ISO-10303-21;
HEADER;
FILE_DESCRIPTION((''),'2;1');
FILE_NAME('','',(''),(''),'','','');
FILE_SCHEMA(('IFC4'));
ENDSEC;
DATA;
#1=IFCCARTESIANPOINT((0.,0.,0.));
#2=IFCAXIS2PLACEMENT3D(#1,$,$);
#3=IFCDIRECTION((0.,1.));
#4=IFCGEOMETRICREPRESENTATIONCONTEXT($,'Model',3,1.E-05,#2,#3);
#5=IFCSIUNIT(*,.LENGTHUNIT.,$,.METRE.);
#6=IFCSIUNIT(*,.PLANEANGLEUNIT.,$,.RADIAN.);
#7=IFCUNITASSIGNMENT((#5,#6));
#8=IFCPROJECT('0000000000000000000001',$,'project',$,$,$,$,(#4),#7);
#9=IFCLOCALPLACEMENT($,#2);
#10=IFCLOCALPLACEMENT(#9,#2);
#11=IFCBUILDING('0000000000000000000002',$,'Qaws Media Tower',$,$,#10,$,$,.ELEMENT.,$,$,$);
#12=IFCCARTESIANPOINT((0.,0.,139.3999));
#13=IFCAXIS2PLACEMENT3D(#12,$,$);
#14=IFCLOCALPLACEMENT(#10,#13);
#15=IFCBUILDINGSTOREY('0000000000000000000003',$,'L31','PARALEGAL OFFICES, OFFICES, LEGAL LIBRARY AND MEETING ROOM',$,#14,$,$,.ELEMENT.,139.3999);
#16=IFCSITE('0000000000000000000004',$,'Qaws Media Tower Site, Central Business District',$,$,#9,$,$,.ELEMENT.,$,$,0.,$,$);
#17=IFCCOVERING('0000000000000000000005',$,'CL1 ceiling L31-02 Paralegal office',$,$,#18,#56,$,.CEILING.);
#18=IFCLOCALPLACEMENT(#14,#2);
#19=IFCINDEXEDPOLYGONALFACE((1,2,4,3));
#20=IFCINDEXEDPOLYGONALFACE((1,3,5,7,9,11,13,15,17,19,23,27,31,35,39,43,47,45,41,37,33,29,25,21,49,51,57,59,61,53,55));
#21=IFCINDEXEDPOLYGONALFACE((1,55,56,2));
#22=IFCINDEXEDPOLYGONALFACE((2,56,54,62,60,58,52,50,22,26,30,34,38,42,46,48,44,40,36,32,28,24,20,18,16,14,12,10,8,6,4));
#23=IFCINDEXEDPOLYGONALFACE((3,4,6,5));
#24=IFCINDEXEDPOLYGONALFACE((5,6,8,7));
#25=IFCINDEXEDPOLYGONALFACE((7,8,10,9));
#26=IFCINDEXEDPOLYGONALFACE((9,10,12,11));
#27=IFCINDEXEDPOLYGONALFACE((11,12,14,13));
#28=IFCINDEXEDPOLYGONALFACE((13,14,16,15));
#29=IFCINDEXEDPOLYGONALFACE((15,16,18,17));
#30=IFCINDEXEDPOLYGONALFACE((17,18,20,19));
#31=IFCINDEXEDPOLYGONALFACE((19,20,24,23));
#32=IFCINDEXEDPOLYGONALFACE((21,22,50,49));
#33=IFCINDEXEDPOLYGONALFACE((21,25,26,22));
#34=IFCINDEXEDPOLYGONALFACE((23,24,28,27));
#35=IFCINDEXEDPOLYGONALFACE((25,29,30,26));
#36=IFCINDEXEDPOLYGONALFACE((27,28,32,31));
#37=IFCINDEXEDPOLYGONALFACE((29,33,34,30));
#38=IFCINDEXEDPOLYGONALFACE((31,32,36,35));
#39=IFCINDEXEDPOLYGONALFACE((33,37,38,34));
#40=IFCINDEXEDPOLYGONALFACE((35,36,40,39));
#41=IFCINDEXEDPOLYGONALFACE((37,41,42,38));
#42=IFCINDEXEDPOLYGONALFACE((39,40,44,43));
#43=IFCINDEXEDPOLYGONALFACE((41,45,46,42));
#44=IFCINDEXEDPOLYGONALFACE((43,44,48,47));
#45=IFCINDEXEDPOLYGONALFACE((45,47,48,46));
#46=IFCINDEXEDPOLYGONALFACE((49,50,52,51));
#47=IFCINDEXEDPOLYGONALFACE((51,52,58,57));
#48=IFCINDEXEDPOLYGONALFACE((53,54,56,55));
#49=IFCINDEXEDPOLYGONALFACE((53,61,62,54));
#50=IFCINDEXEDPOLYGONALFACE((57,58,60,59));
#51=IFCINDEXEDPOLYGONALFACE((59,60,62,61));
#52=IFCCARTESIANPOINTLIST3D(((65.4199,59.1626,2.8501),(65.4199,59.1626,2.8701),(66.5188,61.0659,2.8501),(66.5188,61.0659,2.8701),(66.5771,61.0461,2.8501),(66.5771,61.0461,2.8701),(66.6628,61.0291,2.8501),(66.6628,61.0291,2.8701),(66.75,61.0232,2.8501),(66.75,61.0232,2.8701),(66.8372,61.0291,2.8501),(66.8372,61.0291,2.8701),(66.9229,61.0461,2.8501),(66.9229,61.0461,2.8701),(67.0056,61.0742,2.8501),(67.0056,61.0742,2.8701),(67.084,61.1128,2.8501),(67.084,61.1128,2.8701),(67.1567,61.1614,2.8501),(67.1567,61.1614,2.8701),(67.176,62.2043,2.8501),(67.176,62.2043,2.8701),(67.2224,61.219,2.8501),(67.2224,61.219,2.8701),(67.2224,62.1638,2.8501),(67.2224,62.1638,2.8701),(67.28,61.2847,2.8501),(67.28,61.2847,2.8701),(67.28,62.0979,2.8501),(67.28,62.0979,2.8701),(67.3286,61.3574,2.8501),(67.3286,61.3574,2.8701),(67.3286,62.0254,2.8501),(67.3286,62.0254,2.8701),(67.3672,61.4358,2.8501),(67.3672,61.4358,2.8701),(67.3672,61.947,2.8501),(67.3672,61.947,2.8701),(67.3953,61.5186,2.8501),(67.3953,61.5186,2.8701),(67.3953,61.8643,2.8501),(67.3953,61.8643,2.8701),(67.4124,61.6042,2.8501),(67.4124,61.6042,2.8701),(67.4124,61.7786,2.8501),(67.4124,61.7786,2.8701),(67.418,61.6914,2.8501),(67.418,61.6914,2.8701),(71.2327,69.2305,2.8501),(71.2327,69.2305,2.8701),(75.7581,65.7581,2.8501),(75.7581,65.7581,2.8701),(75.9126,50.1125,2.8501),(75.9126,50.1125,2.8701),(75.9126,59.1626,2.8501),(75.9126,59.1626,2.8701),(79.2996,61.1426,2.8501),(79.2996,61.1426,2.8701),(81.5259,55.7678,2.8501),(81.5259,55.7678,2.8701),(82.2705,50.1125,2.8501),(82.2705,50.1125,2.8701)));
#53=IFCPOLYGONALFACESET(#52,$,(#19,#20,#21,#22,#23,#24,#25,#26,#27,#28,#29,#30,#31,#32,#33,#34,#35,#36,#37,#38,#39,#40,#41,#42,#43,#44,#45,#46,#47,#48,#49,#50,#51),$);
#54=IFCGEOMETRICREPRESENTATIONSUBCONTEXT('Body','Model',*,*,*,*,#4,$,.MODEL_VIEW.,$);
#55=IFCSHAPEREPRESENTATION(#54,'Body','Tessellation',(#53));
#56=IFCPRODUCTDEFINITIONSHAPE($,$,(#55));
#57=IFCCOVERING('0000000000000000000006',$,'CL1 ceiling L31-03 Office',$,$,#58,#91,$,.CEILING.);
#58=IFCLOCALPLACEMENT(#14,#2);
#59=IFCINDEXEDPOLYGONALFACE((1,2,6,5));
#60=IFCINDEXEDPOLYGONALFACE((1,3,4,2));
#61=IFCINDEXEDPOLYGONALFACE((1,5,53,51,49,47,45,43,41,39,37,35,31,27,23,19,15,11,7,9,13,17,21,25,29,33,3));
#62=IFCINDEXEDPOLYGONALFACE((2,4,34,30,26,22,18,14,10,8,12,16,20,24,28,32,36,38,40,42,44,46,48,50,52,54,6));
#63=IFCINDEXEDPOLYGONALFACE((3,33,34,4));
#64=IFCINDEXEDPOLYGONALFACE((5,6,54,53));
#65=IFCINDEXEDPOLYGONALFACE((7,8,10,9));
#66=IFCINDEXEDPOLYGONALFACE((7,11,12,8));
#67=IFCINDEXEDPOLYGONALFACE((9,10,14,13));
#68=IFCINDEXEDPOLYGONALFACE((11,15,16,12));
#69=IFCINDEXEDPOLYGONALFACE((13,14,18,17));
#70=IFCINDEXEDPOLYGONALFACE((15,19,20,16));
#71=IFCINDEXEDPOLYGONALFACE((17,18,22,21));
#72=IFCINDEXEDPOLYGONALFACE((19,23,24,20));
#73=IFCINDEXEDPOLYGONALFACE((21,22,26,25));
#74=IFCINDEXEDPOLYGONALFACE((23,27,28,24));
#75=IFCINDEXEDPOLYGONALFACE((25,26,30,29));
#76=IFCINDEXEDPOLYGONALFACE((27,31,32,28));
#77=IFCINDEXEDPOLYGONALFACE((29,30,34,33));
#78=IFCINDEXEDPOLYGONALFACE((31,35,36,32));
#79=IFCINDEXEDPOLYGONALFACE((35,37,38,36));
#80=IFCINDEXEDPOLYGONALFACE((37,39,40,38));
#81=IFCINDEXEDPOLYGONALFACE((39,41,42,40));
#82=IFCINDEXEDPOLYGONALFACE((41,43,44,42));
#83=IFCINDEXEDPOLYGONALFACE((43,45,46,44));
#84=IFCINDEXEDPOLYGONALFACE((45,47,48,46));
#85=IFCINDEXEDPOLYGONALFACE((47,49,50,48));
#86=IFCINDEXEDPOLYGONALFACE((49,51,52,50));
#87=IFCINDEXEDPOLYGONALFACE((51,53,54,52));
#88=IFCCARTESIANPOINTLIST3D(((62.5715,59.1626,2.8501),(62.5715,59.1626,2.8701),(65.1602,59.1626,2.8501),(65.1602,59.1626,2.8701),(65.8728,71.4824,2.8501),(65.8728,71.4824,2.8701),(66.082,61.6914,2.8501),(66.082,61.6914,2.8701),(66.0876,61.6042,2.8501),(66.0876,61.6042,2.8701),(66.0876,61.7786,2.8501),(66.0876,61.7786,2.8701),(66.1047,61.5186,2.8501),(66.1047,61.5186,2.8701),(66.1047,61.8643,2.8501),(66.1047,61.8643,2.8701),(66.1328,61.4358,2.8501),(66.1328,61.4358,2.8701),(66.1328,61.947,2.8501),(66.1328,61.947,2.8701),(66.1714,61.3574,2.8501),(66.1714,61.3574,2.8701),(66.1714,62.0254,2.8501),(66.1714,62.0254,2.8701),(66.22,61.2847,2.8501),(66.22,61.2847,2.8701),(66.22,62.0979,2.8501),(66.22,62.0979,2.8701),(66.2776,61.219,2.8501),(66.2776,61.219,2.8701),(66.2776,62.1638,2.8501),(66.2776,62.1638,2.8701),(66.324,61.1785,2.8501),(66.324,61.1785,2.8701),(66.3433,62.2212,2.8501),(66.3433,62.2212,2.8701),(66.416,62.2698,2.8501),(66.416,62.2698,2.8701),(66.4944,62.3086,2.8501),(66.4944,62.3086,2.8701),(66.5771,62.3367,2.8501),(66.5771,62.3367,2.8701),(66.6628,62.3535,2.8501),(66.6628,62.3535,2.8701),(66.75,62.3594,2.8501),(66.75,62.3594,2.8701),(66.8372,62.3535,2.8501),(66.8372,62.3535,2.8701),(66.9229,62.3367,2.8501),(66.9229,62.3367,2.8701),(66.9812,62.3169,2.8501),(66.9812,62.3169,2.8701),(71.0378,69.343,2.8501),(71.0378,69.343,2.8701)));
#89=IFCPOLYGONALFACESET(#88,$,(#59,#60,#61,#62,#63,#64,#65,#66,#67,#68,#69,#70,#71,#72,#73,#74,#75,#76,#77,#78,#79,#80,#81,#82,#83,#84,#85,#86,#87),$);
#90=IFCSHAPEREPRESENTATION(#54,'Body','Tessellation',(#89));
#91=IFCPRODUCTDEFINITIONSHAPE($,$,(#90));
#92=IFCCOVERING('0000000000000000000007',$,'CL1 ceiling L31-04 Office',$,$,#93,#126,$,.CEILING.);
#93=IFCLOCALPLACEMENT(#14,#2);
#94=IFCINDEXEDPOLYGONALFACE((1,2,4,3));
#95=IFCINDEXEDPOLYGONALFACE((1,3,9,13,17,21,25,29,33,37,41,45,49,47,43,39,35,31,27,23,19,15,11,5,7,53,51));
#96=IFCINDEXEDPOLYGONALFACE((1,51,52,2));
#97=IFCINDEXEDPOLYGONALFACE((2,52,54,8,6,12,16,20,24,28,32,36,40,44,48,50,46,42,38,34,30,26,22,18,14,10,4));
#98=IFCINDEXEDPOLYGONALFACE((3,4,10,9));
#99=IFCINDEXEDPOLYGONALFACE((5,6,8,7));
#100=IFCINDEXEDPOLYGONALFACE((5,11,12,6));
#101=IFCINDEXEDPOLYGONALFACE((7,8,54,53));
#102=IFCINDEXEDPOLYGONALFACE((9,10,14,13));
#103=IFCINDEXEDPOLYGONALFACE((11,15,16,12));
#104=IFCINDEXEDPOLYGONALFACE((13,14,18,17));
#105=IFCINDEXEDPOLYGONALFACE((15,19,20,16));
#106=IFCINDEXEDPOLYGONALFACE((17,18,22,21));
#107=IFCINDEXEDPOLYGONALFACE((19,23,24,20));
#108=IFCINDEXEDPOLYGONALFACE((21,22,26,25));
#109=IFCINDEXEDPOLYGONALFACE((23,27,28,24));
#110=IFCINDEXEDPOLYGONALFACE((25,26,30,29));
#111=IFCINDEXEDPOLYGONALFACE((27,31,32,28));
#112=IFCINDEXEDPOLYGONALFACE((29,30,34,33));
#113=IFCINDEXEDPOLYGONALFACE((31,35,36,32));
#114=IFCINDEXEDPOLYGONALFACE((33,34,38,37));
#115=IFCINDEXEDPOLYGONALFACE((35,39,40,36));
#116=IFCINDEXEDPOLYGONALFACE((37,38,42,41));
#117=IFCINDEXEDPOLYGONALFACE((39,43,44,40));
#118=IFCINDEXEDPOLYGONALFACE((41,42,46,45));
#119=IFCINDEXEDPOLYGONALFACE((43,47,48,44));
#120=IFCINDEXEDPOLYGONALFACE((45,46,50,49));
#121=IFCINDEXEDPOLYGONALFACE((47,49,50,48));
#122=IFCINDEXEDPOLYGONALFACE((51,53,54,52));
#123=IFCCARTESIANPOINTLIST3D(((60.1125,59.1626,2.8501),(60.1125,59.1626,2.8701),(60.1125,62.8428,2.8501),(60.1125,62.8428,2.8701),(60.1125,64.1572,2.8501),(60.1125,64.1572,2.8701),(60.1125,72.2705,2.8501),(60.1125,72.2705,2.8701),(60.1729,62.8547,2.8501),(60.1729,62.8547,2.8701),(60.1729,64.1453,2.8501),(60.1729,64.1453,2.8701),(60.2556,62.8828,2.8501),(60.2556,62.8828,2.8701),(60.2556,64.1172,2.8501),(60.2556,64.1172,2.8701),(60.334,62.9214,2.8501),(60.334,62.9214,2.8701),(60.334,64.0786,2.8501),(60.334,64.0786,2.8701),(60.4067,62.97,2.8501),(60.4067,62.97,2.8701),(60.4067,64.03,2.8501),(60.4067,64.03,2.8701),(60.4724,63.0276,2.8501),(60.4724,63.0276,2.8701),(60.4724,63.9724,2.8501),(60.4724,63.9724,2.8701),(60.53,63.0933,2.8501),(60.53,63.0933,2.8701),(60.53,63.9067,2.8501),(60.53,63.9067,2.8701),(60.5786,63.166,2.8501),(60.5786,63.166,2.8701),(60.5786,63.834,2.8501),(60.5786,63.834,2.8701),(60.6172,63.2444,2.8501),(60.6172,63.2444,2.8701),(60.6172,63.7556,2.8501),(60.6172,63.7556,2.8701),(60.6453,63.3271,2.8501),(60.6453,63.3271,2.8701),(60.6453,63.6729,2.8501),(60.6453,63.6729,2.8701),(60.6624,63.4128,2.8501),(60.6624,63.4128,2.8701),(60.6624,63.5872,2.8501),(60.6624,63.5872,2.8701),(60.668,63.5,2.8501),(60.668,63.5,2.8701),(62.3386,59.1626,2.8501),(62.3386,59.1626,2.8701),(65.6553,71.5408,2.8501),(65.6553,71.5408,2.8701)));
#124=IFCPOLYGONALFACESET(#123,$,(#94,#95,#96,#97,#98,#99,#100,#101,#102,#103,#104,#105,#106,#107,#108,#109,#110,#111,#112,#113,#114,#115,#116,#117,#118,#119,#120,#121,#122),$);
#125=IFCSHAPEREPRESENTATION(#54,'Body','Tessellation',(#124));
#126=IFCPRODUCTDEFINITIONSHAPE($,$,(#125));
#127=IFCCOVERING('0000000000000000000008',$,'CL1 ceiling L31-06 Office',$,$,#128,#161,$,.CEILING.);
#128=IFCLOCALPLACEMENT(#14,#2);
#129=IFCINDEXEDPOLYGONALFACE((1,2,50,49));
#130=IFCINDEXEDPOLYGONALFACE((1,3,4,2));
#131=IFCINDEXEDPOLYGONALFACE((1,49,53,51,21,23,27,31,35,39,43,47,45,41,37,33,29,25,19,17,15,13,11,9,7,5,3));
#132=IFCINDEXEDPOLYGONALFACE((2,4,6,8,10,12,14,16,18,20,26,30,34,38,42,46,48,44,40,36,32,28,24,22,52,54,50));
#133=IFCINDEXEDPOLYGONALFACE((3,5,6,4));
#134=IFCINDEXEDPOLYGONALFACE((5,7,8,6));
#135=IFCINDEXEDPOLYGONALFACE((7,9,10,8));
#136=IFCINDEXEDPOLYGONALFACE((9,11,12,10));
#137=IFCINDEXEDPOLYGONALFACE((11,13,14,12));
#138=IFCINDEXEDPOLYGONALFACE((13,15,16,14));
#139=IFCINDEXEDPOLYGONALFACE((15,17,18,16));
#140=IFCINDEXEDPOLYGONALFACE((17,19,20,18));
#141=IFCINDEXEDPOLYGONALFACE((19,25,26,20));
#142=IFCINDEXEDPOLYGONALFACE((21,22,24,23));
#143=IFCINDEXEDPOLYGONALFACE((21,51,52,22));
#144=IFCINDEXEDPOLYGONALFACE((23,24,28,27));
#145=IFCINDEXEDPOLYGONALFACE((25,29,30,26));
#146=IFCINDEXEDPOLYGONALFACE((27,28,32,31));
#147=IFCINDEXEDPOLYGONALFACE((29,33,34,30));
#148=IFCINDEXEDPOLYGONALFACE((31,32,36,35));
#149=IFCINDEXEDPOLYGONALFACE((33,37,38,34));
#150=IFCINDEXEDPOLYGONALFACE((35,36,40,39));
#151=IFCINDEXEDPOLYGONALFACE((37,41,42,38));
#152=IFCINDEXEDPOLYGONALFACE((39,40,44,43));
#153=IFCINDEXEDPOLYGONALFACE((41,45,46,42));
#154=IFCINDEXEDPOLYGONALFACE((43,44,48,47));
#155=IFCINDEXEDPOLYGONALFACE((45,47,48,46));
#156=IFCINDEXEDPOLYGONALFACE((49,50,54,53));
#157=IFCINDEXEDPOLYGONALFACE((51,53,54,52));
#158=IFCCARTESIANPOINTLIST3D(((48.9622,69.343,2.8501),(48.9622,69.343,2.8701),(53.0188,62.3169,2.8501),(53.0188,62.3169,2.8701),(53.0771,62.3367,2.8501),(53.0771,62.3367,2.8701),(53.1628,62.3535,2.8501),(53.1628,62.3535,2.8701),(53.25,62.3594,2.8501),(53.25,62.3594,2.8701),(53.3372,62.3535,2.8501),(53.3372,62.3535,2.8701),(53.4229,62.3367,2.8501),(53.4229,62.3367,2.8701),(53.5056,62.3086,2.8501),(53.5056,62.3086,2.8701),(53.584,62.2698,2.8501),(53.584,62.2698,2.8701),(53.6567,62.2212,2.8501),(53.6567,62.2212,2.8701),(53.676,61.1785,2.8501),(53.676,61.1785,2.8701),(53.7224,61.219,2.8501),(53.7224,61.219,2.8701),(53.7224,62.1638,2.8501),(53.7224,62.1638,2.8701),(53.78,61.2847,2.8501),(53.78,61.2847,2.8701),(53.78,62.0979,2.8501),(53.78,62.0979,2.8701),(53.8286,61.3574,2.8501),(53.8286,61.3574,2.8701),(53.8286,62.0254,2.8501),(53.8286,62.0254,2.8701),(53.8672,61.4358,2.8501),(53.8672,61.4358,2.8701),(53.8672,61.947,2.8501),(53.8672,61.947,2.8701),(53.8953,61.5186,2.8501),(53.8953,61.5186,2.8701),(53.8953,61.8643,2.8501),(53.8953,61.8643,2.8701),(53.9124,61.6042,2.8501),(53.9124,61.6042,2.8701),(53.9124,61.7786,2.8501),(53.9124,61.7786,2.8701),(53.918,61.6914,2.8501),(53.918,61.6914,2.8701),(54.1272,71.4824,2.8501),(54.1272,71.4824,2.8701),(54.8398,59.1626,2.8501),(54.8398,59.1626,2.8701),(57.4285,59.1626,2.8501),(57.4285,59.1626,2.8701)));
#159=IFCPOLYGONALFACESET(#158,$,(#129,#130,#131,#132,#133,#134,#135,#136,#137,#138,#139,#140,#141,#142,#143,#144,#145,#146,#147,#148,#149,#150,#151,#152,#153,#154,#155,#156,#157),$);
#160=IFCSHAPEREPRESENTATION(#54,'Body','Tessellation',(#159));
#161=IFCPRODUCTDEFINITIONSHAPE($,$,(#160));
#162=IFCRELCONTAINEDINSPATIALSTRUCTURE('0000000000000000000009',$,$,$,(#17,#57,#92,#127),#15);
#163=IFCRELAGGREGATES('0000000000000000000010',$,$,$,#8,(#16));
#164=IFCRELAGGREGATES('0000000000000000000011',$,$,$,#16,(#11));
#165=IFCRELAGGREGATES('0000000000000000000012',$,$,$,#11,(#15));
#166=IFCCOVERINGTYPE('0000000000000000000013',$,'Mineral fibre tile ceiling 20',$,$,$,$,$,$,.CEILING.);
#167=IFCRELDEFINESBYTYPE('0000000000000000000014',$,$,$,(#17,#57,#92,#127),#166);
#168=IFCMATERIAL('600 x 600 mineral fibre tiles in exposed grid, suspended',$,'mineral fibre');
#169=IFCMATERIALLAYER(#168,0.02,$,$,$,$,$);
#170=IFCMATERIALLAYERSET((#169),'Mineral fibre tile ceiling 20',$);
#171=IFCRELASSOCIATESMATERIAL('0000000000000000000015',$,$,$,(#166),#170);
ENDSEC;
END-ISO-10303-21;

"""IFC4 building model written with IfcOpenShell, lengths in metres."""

from ifc_helpers import new_model, si_unit, direction, frame, origin, place, context, subcontext, project, spatial, polyline, outline, extrude, material, layer, layer_set, type_object, element, save


model = new_model("IFC4")

# Units and contexts
model_context = context("Model", 3, precision=1e-05, world=origin(), true_north=direction((0.0, 1.0)))
body_context = subcontext(model_context, "Body", "Model", "MODEL_VIEW")
ifc_project = project(units=[si_unit("LENGTHUNIT", "METRE"), si_unit("PLANEANGLEUNIT", "RADIAN")], contexts=[model_context])

# Site, building, storey
site_placement = place(None, origin())
site = spatial("IfcSite", under=ifc_project, at=site_placement, Name="Qaws Media Tower Site, Central Business District", CompositionType="ELEMENT", RefElevation=0.0)
building_placement = place(site_placement, origin())
building = spatial("IfcBuilding", under=site, at=building_placement, Name="Qaws Media Tower", CompositionType="ELEMENT")
storey_placement = place(building_placement, frame((0.0, 0.0, 139.3999)))
storey = spatial("IfcBuildingStorey", under=building, at=storey_placement, Name="L31", Description="PARALEGAL OFFICES, OFFICES, LEGAL LIBRARY AND MEETING ROOM", CompositionType="ELEMENT", Elevation=139.3999)

# Coverings
ifc_material_1 = material(Name="600 x 600 mineral fibre tiles in exposed grid, suspended", Category="mineral fibre")
ifc_layer_1 = layer(ifc_material_1, 0.02)
ifc_layer_set_1 = layer_set([ifc_layer_1], Name="Mineral fibre tile ceiling 20")
covering_type_1 = type_object("IfcCoveringType", Name="Mineral fibre tile ceiling 20", PredefinedType="CEILING", material=ifc_layer_set_1)
covering_1_placement = place(storey_placement, frame((0.0, 0.0, 2.8501)))
element("IfcCovering", 1, at=covering_1_placement, inside=storey, type_object=covering_type_1, Name="CL1 ceiling L31-02 Paralegal office", PredefinedType="CEILING", context=body_context, shape_type="SweptSolid", body=[
    extrude(outline(polyline([(75.7581, 65.7581), (79.2996, 61.1426), (81.5259, 55.7678), (82.2705, 50.1125), (75.9126, 50.1125), (75.9126, 59.1626), (65.4199, 59.1626), (66.5188, 61.0659), (66.5771, 61.0461), (66.6628, 61.0291), (66.75, 61.0232), (66.8372, 61.0291), (66.9229, 61.0461), (67.0056, 61.0742), (67.084, 61.1128), (67.1567, 61.1614), (67.2224, 61.219), (67.28, 61.2847), (67.3286, 61.3574), (67.3672, 61.4358), (67.3953, 61.5186), (67.4124, 61.6042), (67.418, 61.6914), (67.4124, 61.7786), (67.3953, 61.8643), (67.3672, 61.947), (67.3286, 62.0254), (67.28, 62.0979), (67.2224, 62.1638), (67.176, 62.2043), (71.2327, 69.2305), (75.7581, 65.7581)])), origin(), (0.0, 0.0, 1.0), 0.02),
])
covering_2_placement = place(storey_placement, frame((0.0, 0.0, 2.8501)))
element("IfcCovering", 2, at=covering_2_placement, inside=storey, type_object=covering_type_1, Name="CL1 ceiling L31-03 Office", PredefinedType="CEILING", context=body_context, shape_type="SweptSolid", body=[
    extrude(outline(polyline([(71.0378, 69.343), (66.9812, 62.3169), (66.9229, 62.3367), (66.8372, 62.3535), (66.75, 62.3594), (66.6628, 62.3535), (66.5771, 62.3367), (66.4944, 62.3086), (66.416, 62.2698), (66.3433, 62.2212), (66.2776, 62.1638), (66.22, 62.0979), (66.1714, 62.0254), (66.1328, 61.947), (66.1047, 61.8643), (66.0876, 61.7786), (66.082, 61.6914), (66.0876, 61.6042), (66.1047, 61.5186), (66.1328, 61.4358), (66.1714, 61.3574), (66.22, 61.2847), (66.2776, 61.219), (66.324, 61.1785), (65.1602, 59.1626), (62.5715, 59.1626), (65.8728, 71.4824), (71.0378, 69.343)])), origin(), (0.0, 0.0, 1.0), 0.02),
])
covering_3_placement = place(storey_placement, frame((0.0, 0.0, 2.8501)))
element("IfcCovering", 3, at=covering_3_placement, inside=storey, type_object=covering_type_1, Name="CL1 ceiling L31-04 Office", PredefinedType="CEILING", context=body_context, shape_type="SweptSolid", body=[
    extrude(outline(polyline([(65.6553, 71.5408), (62.3386, 59.1626), (60.1125, 59.1626), (60.1125, 62.8428), (60.1729, 62.8547), (60.2556, 62.8828), (60.334, 62.9214), (60.4067, 62.97), (60.4724, 63.0276), (60.53, 63.0933), (60.5786, 63.166), (60.6172, 63.2444), (60.6453, 63.3271), (60.6624, 63.4128), (60.668, 63.5), (60.6624, 63.5872), (60.6453, 63.6729), (60.6172, 63.7556), (60.5786, 63.834), (60.53, 63.9067), (60.4724, 63.9724), (60.4067, 64.03), (60.334, 64.0786), (60.2556, 64.1172), (60.1729, 64.1453), (60.1125, 64.1572), (60.1125, 72.2705), (65.6553, 71.5408)])), origin(), (0.0, 0.0, 1.0), 0.02),
])
covering_4_placement = place(storey_placement, frame((0.0, 0.0, 2.8501)))
element("IfcCovering", 4, at=covering_4_placement, inside=storey, type_object=covering_type_1, Name="CL1 ceiling L31-06 Office", PredefinedType="CEILING", context=body_context, shape_type="SweptSolid", body=[
    extrude(outline(polyline([(54.1272, 71.4824), (57.4285, 59.1626), (54.8398, 59.1626), (53.676, 61.1785), (53.7224, 61.219), (53.78, 61.2847), (53.8286, 61.3574), (53.8672, 61.4358), (53.8953, 61.5186), (53.9124, 61.6042), (53.918, 61.6914), (53.9124, 61.7786), (53.8953, 61.8643), (53.8672, 61.947), (53.8286, 62.0254), (53.78, 62.0979), (53.7224, 62.1638), (53.6567, 62.2212), (53.584, 62.2698), (53.5056, 62.3086), (53.4229, 62.3367), (53.3372, 62.3535), (53.25, 62.3594), (53.1628, 62.3535), (53.0771, 62.3367), (53.0188, 62.3169), (48.9622, 69.343), (54.1272, 71.4824)])), origin(), (0.0, 0.0, 1.0), 0.02),
])

save(model, "model.ifc")
